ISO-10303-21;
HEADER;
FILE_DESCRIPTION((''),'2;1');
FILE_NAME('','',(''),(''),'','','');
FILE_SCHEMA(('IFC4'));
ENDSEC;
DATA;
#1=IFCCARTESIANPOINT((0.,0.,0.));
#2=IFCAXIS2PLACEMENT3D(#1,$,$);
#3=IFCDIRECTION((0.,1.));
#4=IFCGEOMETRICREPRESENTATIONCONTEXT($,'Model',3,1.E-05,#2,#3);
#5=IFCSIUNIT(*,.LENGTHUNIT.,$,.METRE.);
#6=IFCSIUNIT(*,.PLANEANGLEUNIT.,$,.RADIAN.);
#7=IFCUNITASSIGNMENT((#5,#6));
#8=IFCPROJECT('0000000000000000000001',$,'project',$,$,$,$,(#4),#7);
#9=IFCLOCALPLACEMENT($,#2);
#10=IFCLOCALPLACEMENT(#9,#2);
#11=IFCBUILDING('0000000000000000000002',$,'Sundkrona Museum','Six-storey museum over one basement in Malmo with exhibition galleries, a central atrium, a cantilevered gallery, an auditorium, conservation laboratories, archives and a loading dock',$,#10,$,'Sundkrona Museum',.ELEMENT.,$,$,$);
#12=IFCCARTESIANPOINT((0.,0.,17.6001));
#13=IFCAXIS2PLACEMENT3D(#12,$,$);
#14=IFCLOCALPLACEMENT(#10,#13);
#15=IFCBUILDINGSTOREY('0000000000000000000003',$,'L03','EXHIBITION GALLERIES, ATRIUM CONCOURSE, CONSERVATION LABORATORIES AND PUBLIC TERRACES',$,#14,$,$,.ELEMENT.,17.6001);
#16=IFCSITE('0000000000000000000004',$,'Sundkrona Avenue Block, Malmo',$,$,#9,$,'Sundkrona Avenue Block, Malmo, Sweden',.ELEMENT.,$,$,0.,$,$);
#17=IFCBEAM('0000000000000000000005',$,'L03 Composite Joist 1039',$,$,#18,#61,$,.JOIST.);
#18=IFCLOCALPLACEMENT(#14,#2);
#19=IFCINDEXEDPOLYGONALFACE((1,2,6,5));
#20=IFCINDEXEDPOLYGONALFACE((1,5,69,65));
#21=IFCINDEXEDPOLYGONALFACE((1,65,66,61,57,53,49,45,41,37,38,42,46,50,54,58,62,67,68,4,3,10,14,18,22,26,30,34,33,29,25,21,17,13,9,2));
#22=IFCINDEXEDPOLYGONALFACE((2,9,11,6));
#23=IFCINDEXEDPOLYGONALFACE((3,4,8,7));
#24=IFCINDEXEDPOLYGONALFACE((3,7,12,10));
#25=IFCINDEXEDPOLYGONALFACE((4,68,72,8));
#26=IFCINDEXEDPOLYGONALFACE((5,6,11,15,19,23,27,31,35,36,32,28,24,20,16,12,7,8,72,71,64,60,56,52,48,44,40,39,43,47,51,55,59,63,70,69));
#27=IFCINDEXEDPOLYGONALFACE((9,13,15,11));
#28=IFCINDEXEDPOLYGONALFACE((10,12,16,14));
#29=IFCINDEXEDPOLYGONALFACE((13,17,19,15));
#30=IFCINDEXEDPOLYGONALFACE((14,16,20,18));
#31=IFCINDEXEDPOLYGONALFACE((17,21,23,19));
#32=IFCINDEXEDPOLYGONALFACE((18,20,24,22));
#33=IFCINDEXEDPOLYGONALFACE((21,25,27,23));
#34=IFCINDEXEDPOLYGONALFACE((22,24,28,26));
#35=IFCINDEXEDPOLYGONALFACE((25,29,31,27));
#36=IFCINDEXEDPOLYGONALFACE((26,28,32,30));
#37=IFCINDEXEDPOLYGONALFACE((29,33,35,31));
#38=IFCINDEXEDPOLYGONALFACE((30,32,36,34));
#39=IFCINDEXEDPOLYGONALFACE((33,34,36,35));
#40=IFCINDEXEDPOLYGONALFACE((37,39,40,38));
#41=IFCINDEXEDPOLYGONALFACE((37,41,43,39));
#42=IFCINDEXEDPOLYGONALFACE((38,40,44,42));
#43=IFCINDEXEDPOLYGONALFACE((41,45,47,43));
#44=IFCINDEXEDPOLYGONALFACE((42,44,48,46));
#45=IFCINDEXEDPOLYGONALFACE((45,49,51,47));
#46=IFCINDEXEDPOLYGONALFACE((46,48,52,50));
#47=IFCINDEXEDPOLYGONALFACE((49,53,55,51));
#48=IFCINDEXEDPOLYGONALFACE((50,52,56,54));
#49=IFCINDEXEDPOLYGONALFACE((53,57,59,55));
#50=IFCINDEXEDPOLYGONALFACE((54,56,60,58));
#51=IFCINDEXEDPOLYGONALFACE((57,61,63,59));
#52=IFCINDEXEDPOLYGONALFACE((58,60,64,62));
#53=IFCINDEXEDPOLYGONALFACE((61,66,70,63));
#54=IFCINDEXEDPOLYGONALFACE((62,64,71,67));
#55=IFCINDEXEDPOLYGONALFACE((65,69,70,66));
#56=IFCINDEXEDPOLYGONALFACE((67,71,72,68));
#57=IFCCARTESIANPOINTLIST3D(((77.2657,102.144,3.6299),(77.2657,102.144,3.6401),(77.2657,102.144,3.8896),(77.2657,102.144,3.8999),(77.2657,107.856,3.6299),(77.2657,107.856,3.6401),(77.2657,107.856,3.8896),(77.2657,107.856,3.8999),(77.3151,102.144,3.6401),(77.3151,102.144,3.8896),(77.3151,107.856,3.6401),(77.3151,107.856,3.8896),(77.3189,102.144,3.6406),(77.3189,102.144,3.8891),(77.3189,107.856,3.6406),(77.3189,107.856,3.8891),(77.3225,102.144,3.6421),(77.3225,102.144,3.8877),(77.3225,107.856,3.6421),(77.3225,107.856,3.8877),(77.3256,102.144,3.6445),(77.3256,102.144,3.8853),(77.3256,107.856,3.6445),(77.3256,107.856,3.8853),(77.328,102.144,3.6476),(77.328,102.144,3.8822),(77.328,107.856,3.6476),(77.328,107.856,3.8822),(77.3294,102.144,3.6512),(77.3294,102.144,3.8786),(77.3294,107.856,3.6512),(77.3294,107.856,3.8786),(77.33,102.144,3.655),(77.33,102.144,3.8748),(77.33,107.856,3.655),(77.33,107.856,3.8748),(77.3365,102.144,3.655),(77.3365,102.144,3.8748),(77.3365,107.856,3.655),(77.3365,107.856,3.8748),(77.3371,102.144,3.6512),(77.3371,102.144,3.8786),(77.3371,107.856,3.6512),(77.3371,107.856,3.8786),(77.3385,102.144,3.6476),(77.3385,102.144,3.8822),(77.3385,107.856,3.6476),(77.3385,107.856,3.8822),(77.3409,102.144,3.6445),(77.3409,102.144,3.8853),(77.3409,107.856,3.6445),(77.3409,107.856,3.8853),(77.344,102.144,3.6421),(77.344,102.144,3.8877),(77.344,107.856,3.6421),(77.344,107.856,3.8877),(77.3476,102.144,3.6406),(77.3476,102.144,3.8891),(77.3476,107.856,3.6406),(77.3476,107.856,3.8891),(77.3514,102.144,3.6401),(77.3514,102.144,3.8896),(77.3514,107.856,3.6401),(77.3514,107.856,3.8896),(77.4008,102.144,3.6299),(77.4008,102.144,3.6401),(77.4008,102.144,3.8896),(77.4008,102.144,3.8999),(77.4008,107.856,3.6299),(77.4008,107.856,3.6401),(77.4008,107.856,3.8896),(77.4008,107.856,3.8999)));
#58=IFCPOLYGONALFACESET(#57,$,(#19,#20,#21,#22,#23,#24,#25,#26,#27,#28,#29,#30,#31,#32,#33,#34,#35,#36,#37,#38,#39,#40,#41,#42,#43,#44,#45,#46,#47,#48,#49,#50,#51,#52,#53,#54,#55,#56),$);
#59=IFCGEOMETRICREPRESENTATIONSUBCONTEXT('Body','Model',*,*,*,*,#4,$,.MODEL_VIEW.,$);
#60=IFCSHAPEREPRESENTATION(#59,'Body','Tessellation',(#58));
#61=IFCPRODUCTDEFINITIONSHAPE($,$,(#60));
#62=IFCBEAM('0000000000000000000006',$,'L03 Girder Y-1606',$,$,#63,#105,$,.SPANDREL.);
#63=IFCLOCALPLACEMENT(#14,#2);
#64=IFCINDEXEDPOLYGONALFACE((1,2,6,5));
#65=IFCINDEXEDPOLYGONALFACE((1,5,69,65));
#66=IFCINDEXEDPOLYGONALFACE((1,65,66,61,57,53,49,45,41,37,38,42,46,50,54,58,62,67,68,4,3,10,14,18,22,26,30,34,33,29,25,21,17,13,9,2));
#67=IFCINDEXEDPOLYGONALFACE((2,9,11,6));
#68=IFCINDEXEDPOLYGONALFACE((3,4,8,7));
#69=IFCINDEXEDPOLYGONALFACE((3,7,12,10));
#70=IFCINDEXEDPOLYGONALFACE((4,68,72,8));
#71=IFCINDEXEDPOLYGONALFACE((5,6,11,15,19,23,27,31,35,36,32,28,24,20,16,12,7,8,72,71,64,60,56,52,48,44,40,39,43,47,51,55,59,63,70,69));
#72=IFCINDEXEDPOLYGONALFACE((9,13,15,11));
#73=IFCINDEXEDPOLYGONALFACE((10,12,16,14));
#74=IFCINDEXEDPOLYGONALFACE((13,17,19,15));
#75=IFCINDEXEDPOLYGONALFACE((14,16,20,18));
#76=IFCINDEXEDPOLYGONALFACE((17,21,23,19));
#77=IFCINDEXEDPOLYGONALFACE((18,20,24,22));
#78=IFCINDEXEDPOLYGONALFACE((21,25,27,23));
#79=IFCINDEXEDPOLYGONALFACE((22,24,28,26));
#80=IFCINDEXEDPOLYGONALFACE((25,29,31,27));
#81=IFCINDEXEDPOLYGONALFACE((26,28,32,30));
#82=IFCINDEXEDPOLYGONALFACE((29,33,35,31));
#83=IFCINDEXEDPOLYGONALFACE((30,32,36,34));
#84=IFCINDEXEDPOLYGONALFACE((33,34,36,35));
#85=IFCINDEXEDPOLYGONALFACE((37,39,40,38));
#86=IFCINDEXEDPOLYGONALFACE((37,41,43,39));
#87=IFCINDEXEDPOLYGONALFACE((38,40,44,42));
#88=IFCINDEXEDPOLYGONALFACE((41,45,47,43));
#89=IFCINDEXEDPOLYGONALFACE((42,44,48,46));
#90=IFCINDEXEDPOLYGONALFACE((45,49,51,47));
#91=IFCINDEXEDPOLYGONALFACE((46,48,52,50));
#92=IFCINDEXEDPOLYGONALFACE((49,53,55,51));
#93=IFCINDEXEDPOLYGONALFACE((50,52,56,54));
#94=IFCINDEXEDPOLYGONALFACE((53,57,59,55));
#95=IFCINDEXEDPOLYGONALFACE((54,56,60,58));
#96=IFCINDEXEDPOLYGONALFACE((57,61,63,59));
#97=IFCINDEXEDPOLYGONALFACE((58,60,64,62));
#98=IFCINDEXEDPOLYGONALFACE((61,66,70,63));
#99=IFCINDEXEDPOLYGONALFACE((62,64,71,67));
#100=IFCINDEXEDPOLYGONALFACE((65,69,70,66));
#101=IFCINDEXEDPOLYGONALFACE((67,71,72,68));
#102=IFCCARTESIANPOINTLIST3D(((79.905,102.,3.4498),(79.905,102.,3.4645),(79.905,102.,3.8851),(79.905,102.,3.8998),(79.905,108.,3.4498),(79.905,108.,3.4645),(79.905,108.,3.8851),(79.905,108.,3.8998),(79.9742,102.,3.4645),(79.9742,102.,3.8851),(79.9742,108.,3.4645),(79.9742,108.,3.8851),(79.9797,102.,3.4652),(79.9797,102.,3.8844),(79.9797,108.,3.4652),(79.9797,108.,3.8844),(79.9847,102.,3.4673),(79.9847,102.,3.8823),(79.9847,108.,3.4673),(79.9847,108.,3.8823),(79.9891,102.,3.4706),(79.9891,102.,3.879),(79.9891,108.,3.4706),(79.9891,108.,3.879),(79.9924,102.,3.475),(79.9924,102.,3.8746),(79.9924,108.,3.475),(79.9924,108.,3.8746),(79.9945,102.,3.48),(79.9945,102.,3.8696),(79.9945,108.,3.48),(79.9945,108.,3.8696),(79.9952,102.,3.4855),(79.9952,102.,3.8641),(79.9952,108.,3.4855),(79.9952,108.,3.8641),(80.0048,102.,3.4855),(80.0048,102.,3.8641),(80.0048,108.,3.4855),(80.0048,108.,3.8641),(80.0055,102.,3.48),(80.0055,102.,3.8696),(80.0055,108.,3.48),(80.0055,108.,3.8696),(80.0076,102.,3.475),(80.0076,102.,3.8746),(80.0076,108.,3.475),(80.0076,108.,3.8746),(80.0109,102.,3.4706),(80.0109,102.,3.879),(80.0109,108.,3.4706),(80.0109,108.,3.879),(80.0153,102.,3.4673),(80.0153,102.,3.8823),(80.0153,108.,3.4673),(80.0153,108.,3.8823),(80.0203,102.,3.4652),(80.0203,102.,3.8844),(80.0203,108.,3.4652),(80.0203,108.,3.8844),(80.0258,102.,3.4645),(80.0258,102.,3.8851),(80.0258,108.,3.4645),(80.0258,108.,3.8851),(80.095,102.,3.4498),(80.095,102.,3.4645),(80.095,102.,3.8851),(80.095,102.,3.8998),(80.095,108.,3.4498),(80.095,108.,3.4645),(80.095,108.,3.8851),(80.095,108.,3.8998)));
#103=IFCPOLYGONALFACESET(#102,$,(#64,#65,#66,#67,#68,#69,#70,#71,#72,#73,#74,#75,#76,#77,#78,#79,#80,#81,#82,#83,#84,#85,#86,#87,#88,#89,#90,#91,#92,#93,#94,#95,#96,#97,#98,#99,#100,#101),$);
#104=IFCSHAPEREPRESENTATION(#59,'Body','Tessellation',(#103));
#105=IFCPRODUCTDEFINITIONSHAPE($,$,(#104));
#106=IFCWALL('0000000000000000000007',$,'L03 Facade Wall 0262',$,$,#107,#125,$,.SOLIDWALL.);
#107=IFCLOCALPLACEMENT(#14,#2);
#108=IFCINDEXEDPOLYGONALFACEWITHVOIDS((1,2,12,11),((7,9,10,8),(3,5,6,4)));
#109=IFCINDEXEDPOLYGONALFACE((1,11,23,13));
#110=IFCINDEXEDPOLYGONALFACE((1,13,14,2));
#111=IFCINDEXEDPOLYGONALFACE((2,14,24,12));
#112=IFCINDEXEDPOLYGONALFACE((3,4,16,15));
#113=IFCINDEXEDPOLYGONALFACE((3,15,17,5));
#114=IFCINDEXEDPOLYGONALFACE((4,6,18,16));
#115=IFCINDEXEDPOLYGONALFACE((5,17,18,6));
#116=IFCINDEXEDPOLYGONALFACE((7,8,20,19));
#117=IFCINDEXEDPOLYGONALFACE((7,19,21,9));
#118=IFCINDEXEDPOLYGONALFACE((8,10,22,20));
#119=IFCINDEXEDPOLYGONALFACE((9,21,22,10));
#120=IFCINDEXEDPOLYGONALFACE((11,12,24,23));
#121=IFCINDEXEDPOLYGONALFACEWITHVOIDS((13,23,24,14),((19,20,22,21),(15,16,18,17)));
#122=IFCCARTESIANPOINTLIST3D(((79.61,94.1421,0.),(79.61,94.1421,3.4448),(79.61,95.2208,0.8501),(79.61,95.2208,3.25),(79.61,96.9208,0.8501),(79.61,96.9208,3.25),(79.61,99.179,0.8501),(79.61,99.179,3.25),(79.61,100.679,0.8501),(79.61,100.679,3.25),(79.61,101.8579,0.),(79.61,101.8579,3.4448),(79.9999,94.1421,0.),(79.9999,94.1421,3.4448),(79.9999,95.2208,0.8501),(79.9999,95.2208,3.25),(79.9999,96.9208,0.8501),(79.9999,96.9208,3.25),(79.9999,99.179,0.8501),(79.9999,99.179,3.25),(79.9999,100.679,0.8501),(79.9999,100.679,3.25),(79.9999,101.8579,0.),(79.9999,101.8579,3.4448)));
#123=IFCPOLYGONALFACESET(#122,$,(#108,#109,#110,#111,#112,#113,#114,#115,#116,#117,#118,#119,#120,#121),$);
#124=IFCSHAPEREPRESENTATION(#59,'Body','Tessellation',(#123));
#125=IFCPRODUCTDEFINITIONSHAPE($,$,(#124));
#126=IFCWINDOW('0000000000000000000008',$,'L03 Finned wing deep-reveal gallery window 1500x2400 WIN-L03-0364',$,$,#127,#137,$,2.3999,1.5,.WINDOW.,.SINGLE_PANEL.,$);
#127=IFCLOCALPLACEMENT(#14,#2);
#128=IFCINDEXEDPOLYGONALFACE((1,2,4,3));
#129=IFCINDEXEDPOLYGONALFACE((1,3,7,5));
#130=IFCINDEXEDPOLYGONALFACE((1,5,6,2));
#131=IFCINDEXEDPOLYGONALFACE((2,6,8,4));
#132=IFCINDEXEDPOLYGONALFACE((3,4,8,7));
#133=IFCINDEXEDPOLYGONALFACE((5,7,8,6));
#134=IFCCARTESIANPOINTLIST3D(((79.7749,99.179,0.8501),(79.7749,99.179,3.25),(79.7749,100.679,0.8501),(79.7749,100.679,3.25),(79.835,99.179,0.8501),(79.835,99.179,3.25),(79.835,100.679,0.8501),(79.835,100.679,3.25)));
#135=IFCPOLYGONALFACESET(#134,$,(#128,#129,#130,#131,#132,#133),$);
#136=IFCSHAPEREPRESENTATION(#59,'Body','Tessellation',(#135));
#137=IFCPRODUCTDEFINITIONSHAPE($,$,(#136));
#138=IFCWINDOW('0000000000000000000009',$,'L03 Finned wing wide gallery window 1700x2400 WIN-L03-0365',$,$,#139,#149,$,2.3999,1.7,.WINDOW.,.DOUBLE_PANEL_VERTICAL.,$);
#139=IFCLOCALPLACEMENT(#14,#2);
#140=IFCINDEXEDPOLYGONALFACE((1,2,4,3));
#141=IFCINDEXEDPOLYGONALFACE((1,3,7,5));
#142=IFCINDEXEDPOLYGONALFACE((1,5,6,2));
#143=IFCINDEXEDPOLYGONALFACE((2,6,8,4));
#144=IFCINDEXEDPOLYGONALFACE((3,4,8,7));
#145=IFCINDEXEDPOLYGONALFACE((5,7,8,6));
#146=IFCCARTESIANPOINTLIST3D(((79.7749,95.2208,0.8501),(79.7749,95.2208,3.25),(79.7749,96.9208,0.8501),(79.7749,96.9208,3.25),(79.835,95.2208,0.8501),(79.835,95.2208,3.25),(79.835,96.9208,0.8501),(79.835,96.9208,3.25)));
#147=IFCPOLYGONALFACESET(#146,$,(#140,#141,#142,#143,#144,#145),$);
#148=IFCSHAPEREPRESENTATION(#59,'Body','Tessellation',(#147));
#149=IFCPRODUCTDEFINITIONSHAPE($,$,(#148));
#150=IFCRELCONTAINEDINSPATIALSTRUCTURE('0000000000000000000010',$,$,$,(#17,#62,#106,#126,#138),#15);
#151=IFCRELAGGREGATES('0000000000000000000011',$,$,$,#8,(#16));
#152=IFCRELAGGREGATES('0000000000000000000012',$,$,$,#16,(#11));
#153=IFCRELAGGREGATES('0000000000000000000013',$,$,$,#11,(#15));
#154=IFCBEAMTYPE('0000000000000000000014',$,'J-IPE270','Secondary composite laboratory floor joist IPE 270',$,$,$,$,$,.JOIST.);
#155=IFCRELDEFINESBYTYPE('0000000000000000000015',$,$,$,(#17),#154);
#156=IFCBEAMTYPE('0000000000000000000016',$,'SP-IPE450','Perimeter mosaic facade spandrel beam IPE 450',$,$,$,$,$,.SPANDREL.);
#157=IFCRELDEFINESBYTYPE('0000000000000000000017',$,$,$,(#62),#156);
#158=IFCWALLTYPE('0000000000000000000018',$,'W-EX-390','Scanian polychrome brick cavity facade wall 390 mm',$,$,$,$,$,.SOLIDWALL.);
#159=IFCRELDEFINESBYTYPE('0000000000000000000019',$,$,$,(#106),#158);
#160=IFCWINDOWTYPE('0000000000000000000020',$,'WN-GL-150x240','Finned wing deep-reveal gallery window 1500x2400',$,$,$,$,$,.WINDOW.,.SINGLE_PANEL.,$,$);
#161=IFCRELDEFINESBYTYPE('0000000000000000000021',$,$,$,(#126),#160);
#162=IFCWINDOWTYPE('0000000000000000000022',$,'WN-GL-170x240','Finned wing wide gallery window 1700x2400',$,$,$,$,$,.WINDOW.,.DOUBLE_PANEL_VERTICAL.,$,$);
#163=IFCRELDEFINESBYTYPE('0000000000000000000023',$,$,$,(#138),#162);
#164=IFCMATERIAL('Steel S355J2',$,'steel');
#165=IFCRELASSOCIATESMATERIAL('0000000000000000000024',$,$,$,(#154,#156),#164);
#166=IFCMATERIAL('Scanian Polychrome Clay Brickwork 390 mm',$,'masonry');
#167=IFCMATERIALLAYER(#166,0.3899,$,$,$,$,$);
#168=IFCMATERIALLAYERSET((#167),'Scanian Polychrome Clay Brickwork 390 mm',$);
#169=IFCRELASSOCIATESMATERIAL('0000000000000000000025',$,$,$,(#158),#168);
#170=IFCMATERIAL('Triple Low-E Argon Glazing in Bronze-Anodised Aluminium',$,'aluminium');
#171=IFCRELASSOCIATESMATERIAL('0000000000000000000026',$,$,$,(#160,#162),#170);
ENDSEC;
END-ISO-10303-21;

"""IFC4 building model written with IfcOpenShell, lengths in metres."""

from ifc_helpers import new_model, si_unit, direction, frame, frame_2d, origin, origin_2d, place, context, subcontext, project, spatial, rectangle, i_section, extrude, material, layer, layer_set, material_profile, profile_set, type_object, element, fill, save


model = new_model("IFC4")

# Units and contexts
model_context = context("Model", 3, precision=1e-05, world=origin(), true_north=direction((0.0, 1.0)))
body_context = subcontext(model_context, "Body", "Model", "MODEL_VIEW")
ifc_project = project(units=[si_unit("LENGTHUNIT", "METRE"), si_unit("PLANEANGLEUNIT", "RADIAN")], contexts=[model_context])

# Site, building, storey
site_placement = place(None, origin())
site = spatial("IfcSite", under=ifc_project, at=site_placement, Name="Sundkrona Avenue Block, Malmo", LongName="Sundkrona Avenue Block, Malmo, Sweden", CompositionType="ELEMENT", RefElevation=0.0)
building_placement = place(site_placement, origin())
building = spatial("IfcBuilding", under=site, at=building_placement, Name="Sundkrona Museum", Description="Six-storey museum over one basement in Malmo with exhibition galleries, a central atrium, a cantilevered gallery, an auditorium, conservation laboratories, archives and a loading dock", LongName="Sundkrona Museum", CompositionType="ELEMENT")
storey_placement = place(building_placement, frame((0.0, 0.0, 17.6001)))
storey = spatial("IfcBuildingStorey", under=building, at=storey_placement, Name="L03", Description="EXHIBITION GALLERIES, ATRIUM CONCOURSE, CONSERVATION LABORATORIES AND PUBLIC TERRACES", CompositionType="ELEMENT", Elevation=17.6001)

# Shared definitions
ifc_material_1 = material(Name="Steel S355J2", Category="steel")

# Beams
ifc_material_profile_1 = material_profile(ifc_material_1, i_section(OverallWidth=0.135, OverallDepth=0.27, WebThickness=0.0066, FlangeThickness=0.0103, FilletRadius=0.0149, at=origin_2d()), Name="IPE 270")
ifc_profile_set_1 = profile_set([ifc_material_profile_1], Name="Steel S355J2")
beam_type_1 = type_object("IfcBeamType", Name="J-IPE270", Description="Secondary composite laboratory floor joist IPE 270", PredefinedType="JOIST", material=ifc_profile_set_1)
for number, where, z_axis, x_axis, name in (
    (1, (77.3333, 102.144, 3.7649), (0.0, 1.0, 0.0), (-1.0, 0.0, 0.0), "L03 Composite Joist 1039"),
):
    element("IfcBeam", number, at=place(storey_placement, frame(where, z_axis=z_axis, x_axis=x_axis)), inside=storey, type_object=beam_type_1, Name=name, PredefinedType="JOIST", context=body_context, shape_type="SweptSolid", body=[
        extrude(i_section(OverallWidth=0.135, OverallDepth=0.27, WebThickness=0.0066, FlangeThickness=0.0103, FilletRadius=0.0149, at=origin_2d()), origin(), (0.0, 0.0, 1.0), 5.7119),
    ])
ifc_material_profile_2 = material_profile(ifc_material_1, i_section(OverallWidth=0.1899, OverallDepth=0.45, WebThickness=0.0095, FlangeThickness=0.0146, FilletRadius=0.021, at=origin_2d()), Name="IPE 450")
ifc_profile_set_2 = profile_set([ifc_material_profile_2], Name="Steel S355J2")
beam_type_2 = type_object("IfcBeamType", Name="SP-IPE450", Description="Perimeter mosaic facade spandrel beam IPE 450", PredefinedType="SPANDREL", material=ifc_profile_set_2)
beam_1_placement = place(storey_placement, frame((80.0, 102.0, 3.6748), z_axis=(0.0, 1.0, 0.0), x_axis=(-1.0, 0.0, 0.0)))
element("IfcBeam", 2, at=beam_1_placement, inside=storey, type_object=beam_type_2, Name="L03 Girder Y-1606", PredefinedType="SPANDREL", context=body_context, shape_type="SweptSolid", body=[
    extrude(i_section(OverallWidth=0.1899, OverallDepth=0.45, WebThickness=0.0095, FlangeThickness=0.0146, FilletRadius=0.021, at=origin_2d()), origin(), (0.0, 0.0, 1.0), 6.0),
])

# Wall, openings, windows
ifc_material_2 = material(Name="Scanian Polychrome Clay Brickwork 390 mm", Category="masonry")
ifc_layer = layer(ifc_material_2, 0.3899)
ifc_layer_set = layer_set([ifc_layer], Name="Scanian Polychrome Clay Brickwork 390 mm")
wall_type = type_object("IfcWallType", Name="W-EX-390", Description="Scanian polychrome brick cavity facade wall 390 mm", PredefinedType="SOLIDWALL", material=ifc_layer_set)
wall_1_placement = place(storey_placement, frame((79.8049, 101.8579, 0.0), z_axis=(0.0, 0.0, 1.0), x_axis=(0.0, -1.0, 0.0)))
wall_1 = element("IfcWall", 3, at=wall_1_placement, inside=storey, type_object=wall_type, Name="L03 Facade Wall 0262", PredefinedType="SOLIDWALL", context=body_context, shape_type="SweptSolid", body=[
    extrude(rectangle(XDim=7.7158, YDim=0.3899, at=frame_2d((3.8579, 0.0))), origin(), (0.0, 0.0, 1.0), 3.4448),
])
opening_1_placement = place(wall_1_placement, frame((1.179, 0.0, 0.8501)))
opening_1 = element("IfcOpeningElement", 4, at=opening_1_placement, cuts=wall_1, PredefinedType="OPENING", context=body_context, shape_type="SweptSolid", body=[
    extrude(rectangle(XDim=1.5, YDim=2.3999, at=frame_2d((0.75, 1.2))), frame((0.0, 0.2048, 0.0), z_axis=(0.0, -1.0, 0.0), x_axis=(1.0, 0.0, 0.0)), (0.0, 0.0, 1.0), 0.4099),
])
opening_2_placement = place(wall_1_placement, frame((4.937, 0.0, 0.8501)))
opening_2 = element("IfcOpeningElement", 5, at=opening_2_placement, cuts=wall_1, PredefinedType="OPENING", context=body_context, shape_type="SweptSolid", body=[
    extrude(rectangle(XDim=1.7, YDim=2.3999, at=frame_2d((0.8501, 1.2))), frame((0.0, 0.2048, 0.0), z_axis=(0.0, -1.0, 0.0), x_axis=(1.0, 0.0, 0.0)), (0.0, 0.0, 1.0), 0.4099),
])
ifc_material_3 = material(Name="Triple Low-E Argon Glazing in Bronze-Anodised Aluminium", Category="aluminium")
window_type_1 = type_object("IfcWindowType", Name="WN-GL-150x240", Description="Finned wing deep-reveal gallery window 1500x2400", PartitioningType="SINGLE_PANEL", PredefinedType="WINDOW", material=ifc_material_3)
window_1_placement = place(opening_1_placement, origin())
window_1 = element("IfcWindow", 6, at=window_1_placement, inside=storey, type_object=window_type_1, Name="L03 Finned wing deep-reveal gallery window 1500x2400 WIN-L03-0364", OverallHeight=2.3999, OverallWidth=1.5, PartitioningType="SINGLE_PANEL", PredefinedType="WINDOW", context=body_context, shape_type="SweptSolid", body=[
    extrude(rectangle(XDim=1.5, YDim=2.3999, at=frame_2d((0.75, 1.2))), frame((0.0, 0.03, 0.0), z_axis=(0.0, -1.0, 0.0), x_axis=(1.0, 0.0, 0.0)), (0.0, 0.0, 1.0), 0.0601),
])
fill(opening_1, window_1)
window_type_2 = type_object("IfcWindowType", Name="WN-GL-170x240", Description="Finned wing wide gallery window 1700x2400", PartitioningType="DOUBLE_PANEL_VERTICAL", PredefinedType="WINDOW", material=ifc_material_3)
window_2_placement = place(opening_2_placement, origin())
window_2 = element("IfcWindow", 7, at=window_2_placement, inside=storey, type_object=window_type_2, Name="L03 Finned wing wide gallery window 1700x2400 WIN-L03-0365", OverallHeight=2.3999, OverallWidth=1.7, PartitioningType="DOUBLE_PANEL_VERTICAL", PredefinedType="WINDOW", context=body_context, shape_type="SweptSolid", body=[
    extrude(rectangle(XDim=1.7, YDim=2.3999, at=frame_2d((0.8501, 1.2))), frame((0.0, 0.03, 0.0), z_axis=(0.0, -1.0, 0.0), x_axis=(1.0, 0.0, 0.0)), (0.0, 0.0, 1.0), 0.0601),
])
fill(opening_2, window_2)

save(model, "model.ifc")
